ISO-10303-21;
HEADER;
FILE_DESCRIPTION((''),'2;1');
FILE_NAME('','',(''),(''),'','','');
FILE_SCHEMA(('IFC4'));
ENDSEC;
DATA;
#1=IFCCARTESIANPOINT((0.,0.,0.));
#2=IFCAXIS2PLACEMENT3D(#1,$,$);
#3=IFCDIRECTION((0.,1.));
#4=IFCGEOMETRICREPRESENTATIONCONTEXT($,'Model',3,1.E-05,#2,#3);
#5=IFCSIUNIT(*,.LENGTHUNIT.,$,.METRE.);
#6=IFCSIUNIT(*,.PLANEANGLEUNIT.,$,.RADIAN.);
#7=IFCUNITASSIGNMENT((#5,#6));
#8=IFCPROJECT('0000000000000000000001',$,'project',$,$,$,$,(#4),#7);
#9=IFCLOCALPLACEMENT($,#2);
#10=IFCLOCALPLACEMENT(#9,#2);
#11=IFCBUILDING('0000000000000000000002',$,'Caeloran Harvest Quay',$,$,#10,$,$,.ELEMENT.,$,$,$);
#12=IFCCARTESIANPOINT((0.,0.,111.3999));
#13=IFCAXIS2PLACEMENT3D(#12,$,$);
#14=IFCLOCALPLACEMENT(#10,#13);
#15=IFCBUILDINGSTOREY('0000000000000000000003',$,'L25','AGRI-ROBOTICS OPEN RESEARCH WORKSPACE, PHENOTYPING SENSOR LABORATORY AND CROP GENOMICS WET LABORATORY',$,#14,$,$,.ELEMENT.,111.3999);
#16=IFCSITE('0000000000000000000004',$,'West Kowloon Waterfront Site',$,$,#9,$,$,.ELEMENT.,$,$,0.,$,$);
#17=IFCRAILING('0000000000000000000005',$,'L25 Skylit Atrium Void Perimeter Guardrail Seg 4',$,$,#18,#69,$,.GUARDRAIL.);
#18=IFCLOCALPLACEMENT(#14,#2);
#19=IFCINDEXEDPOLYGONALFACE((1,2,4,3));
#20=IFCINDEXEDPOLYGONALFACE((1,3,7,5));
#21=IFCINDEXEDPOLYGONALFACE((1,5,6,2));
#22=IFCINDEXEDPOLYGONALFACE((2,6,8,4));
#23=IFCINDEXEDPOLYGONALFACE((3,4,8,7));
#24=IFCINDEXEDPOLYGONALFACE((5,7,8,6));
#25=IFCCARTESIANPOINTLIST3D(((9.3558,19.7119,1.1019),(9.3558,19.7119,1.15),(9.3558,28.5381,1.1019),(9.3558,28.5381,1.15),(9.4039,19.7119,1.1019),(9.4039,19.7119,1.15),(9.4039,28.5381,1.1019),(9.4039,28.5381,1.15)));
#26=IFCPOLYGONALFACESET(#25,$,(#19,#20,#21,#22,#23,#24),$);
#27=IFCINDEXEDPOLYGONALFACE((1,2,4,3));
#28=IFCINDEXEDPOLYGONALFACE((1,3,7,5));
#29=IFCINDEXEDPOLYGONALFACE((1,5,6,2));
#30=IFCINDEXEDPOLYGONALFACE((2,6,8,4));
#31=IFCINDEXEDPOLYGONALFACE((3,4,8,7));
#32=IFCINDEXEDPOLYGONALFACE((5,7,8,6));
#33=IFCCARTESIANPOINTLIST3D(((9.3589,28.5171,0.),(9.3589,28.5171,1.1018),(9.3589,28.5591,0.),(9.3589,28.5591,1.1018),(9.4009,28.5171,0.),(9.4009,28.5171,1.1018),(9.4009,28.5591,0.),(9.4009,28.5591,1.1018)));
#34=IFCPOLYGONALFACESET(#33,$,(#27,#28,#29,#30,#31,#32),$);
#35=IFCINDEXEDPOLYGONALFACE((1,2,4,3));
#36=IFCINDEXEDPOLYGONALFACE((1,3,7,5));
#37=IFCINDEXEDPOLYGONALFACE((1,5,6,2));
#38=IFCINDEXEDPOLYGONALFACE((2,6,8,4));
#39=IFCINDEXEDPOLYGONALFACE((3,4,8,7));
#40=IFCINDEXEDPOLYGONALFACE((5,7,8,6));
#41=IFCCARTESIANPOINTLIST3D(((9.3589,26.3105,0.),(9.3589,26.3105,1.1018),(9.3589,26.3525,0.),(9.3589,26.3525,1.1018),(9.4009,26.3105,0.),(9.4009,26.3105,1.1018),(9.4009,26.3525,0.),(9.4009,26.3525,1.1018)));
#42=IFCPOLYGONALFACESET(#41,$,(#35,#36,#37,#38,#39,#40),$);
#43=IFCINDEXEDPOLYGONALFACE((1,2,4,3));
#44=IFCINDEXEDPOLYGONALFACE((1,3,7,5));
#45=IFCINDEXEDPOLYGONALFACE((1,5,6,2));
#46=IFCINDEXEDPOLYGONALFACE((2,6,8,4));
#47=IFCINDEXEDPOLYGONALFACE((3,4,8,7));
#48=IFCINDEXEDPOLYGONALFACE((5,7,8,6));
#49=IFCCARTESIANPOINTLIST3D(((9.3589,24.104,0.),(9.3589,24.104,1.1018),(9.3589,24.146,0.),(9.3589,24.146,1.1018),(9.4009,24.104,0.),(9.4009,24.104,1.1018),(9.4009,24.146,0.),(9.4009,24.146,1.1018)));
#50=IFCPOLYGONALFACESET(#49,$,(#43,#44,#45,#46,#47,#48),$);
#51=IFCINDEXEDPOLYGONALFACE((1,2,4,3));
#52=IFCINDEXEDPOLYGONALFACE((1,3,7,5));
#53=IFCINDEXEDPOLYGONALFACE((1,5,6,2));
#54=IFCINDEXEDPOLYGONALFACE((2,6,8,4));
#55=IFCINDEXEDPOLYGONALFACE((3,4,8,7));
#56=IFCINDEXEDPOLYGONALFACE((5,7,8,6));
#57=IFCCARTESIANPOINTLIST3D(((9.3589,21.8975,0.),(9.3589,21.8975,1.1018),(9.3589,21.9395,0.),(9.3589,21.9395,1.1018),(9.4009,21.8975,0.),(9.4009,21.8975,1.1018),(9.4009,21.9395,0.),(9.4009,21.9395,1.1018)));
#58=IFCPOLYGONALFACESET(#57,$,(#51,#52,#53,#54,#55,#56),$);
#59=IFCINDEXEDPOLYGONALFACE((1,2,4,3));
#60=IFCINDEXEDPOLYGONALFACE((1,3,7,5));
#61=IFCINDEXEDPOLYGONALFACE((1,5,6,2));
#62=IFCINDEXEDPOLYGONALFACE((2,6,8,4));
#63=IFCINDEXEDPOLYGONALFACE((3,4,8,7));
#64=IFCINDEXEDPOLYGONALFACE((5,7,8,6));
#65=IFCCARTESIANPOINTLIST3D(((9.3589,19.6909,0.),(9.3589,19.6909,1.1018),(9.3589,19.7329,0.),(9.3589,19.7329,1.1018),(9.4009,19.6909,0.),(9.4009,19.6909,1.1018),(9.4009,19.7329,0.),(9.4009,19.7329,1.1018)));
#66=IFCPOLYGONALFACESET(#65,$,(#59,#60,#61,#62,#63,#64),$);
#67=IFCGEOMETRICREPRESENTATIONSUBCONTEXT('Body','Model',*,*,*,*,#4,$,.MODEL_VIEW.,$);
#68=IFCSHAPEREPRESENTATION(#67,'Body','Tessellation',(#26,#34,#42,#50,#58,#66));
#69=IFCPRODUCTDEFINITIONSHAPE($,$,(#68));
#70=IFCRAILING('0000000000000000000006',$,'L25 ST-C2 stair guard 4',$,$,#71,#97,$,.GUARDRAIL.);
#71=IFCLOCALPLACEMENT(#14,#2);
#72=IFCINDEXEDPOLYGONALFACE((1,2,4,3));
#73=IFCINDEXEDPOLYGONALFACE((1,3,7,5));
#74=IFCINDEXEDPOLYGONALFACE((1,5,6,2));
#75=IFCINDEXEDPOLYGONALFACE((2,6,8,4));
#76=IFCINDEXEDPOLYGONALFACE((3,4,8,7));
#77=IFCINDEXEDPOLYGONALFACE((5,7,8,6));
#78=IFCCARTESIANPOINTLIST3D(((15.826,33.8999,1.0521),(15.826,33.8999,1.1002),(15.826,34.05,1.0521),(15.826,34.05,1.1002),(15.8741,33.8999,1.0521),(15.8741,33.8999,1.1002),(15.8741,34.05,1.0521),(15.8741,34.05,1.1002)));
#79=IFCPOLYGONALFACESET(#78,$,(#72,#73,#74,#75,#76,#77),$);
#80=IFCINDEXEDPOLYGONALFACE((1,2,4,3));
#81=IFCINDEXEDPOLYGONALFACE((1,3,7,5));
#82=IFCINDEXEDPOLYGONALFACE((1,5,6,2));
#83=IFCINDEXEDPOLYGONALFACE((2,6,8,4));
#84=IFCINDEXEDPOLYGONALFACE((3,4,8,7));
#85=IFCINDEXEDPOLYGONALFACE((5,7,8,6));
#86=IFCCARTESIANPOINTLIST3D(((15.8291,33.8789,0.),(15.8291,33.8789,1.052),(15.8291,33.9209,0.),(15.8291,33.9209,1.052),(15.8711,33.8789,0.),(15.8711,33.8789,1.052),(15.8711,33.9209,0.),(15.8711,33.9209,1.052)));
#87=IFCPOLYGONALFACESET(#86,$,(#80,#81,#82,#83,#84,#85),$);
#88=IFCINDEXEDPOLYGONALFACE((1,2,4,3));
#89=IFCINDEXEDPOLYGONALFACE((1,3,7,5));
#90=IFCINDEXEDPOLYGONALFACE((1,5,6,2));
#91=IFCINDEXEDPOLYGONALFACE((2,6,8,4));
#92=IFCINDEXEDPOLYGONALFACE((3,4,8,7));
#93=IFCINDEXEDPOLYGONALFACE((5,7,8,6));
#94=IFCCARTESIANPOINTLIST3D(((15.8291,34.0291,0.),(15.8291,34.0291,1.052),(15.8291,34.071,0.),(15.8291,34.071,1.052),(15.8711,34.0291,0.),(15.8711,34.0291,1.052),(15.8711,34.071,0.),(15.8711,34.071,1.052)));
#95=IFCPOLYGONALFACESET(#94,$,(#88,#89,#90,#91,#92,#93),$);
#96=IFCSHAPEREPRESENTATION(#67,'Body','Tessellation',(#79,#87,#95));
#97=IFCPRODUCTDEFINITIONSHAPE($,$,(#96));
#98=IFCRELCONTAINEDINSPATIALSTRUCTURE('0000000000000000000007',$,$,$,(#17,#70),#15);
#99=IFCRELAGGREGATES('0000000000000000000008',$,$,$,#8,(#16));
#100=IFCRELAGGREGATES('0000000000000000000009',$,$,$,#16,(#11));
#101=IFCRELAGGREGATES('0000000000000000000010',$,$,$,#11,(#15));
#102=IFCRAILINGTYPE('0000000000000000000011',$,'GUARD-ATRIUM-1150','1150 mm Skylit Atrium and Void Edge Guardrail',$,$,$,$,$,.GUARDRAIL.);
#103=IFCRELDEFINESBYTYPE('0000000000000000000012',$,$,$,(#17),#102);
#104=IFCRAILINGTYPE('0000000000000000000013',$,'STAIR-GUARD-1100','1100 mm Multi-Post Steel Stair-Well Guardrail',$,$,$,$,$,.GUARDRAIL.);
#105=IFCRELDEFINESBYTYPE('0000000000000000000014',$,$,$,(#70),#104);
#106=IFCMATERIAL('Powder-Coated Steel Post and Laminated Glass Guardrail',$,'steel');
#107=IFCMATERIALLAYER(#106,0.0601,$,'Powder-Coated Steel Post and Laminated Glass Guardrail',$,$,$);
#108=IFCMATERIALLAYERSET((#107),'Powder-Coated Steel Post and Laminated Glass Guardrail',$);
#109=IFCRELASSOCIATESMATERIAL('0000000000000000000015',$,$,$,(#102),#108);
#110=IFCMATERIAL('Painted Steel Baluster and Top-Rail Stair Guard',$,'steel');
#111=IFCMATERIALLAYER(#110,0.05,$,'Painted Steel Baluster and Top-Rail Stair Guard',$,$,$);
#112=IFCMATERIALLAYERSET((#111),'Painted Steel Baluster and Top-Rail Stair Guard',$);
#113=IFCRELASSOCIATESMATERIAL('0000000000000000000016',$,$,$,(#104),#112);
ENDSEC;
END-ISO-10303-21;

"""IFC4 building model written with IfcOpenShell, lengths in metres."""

from ifc_helpers import new_model, si_unit, direction, frame, origin, origin_2d, place, context, subcontext, project, spatial, rectangle, extrude, material, layer, layer_set, type_object, element, save


model = new_model("IFC4")

# Units and contexts
model_context = context("Model", 3, precision=1e-05, world=origin(), true_north=direction((0.0, 1.0)))
body_context = subcontext(model_context, "Body", "Model", "MODEL_VIEW")
ifc_project = project(units=[si_unit("LENGTHUNIT", "METRE"), si_unit("PLANEANGLEUNIT", "RADIAN")], contexts=[model_context])

# Site, building, storey
site_placement = place(None, origin())
site = spatial("IfcSite", under=ifc_project, at=site_placement, Name="West Kowloon Waterfront Site", CompositionType="ELEMENT", RefElevation=0.0)
building_placement = place(site_placement, origin())
building = spatial("IfcBuilding", under=site, at=building_placement, Name="Caeloran Harvest Quay", CompositionType="ELEMENT")
storey_placement = place(building_placement, frame((0.0, 0.0, 111.3999)))
storey = spatial("IfcBuildingStorey", under=building, at=storey_placement, Name="L25", Description="AGRI-ROBOTICS OPEN RESEARCH WORKSPACE, PHENOTYPING SENSOR LABORATORY AND CROP GENOMICS WET LABORATORY", CompositionType="ELEMENT", Elevation=111.3999)

# Railings
ifc_material_1 = material(Name="Powder-Coated Steel Post and Laminated Glass Guardrail", Category="steel")
ifc_layer_1 = layer(ifc_material_1, 0.0601, Name="Powder-Coated Steel Post and Laminated Glass Guardrail")
ifc_layer_set_1 = layer_set([ifc_layer_1], Name="Powder-Coated Steel Post and Laminated Glass Guardrail")
railing_type_1 = type_object("IfcRailingType", Name="GUARD-ATRIUM-1150", Description="1150 mm Skylit Atrium and Void Edge Guardrail", PredefinedType="GUARDRAIL", material=ifc_layer_set_1)
railing_1_placement = place(storey_placement, frame((9.3799, 28.5381, 0.0)))
element("IfcRailing", 1, at=railing_1_placement, inside=storey, type_object=railing_type_1, Name="L25 Skylit Atrium Void Perimeter Guardrail Seg 4", PredefinedType="GUARDRAIL", context=body_context, shape_type="SweptSolid", body=[
    extrude(rectangle(XDim=0.0481, YDim=0.0481, at=origin_2d()), frame((0.0, 0.0, 1.126), z_axis=(0.0, -1.0, 0.0), x_axis=(1.0, 0.0, 0.0)), (0.0, 0.0, 1.0), 8.8262),
    extrude(rectangle(XDim=0.042, YDim=0.042, at=origin_2d()), origin(), (0.0, 0.0, 1.0), 1.1018),
    extrude(rectangle(XDim=0.042, YDim=0.042, at=origin_2d()), frame((0.0, -2.2065, 0.0)), (0.0, 0.0, 1.0), 1.1018),
    extrude(rectangle(XDim=0.042, YDim=0.042, at=origin_2d()), frame((0.0, -4.4131, 0.0)), (0.0, 0.0, 1.0), 1.1018),
    extrude(rectangle(XDim=0.042, YDim=0.042, at=origin_2d()), frame((0.0, -6.6196, 0.0)), (0.0, 0.0, 1.0), 1.1018),
    extrude(rectangle(XDim=0.042, YDim=0.042, at=origin_2d()), frame((0.0, -8.8262, 0.0)), (0.0, 0.0, 1.0), 1.1018),
])
ifc_material_2 = material(Name="Painted Steel Baluster and Top-Rail Stair Guard", Category="steel")
ifc_layer_2 = layer(ifc_material_2, 0.05, Name="Painted Steel Baluster and Top-Rail Stair Guard")
ifc_layer_set_2 = layer_set([ifc_layer_2], Name="Painted Steel Baluster and Top-Rail Stair Guard")
railing_type_2 = type_object("IfcRailingType", Name="STAIR-GUARD-1100", Description="1100 mm Multi-Post Steel Stair-Well Guardrail", PredefinedType="GUARDRAIL", material=ifc_layer_set_2)
railing_2_placement = place(storey_placement, frame((15.8501, 33.8999, 0.0)))
element("IfcRailing", 2, at=railing_2_placement, inside=storey, type_object=railing_type_2, Name="L25 ST-C2 stair guard 4", PredefinedType="GUARDRAIL", context=body_context, shape_type="SweptSolid", body=[
    extrude(rectangle(XDim=0.0481, YDim=0.0481, at=origin_2d()), frame((0.0, 0.0, 1.0762), z_axis=(0.0, 1.0, 0.0), x_axis=(-1.0, 0.0, 0.0)), (0.0, 0.0, 1.0), 0.1501),
    extrude(rectangle(XDim=0.042, YDim=0.042, at=origin_2d()), origin(), (0.0, 0.0, 1.0), 1.052),
    extrude(rectangle(XDim=0.042, YDim=0.042, at=origin_2d()), frame((0.0, 0.1501, 0.0)), (0.0, 0.0, 1.0), 1.052),
])

save(model, "model.ifc")
